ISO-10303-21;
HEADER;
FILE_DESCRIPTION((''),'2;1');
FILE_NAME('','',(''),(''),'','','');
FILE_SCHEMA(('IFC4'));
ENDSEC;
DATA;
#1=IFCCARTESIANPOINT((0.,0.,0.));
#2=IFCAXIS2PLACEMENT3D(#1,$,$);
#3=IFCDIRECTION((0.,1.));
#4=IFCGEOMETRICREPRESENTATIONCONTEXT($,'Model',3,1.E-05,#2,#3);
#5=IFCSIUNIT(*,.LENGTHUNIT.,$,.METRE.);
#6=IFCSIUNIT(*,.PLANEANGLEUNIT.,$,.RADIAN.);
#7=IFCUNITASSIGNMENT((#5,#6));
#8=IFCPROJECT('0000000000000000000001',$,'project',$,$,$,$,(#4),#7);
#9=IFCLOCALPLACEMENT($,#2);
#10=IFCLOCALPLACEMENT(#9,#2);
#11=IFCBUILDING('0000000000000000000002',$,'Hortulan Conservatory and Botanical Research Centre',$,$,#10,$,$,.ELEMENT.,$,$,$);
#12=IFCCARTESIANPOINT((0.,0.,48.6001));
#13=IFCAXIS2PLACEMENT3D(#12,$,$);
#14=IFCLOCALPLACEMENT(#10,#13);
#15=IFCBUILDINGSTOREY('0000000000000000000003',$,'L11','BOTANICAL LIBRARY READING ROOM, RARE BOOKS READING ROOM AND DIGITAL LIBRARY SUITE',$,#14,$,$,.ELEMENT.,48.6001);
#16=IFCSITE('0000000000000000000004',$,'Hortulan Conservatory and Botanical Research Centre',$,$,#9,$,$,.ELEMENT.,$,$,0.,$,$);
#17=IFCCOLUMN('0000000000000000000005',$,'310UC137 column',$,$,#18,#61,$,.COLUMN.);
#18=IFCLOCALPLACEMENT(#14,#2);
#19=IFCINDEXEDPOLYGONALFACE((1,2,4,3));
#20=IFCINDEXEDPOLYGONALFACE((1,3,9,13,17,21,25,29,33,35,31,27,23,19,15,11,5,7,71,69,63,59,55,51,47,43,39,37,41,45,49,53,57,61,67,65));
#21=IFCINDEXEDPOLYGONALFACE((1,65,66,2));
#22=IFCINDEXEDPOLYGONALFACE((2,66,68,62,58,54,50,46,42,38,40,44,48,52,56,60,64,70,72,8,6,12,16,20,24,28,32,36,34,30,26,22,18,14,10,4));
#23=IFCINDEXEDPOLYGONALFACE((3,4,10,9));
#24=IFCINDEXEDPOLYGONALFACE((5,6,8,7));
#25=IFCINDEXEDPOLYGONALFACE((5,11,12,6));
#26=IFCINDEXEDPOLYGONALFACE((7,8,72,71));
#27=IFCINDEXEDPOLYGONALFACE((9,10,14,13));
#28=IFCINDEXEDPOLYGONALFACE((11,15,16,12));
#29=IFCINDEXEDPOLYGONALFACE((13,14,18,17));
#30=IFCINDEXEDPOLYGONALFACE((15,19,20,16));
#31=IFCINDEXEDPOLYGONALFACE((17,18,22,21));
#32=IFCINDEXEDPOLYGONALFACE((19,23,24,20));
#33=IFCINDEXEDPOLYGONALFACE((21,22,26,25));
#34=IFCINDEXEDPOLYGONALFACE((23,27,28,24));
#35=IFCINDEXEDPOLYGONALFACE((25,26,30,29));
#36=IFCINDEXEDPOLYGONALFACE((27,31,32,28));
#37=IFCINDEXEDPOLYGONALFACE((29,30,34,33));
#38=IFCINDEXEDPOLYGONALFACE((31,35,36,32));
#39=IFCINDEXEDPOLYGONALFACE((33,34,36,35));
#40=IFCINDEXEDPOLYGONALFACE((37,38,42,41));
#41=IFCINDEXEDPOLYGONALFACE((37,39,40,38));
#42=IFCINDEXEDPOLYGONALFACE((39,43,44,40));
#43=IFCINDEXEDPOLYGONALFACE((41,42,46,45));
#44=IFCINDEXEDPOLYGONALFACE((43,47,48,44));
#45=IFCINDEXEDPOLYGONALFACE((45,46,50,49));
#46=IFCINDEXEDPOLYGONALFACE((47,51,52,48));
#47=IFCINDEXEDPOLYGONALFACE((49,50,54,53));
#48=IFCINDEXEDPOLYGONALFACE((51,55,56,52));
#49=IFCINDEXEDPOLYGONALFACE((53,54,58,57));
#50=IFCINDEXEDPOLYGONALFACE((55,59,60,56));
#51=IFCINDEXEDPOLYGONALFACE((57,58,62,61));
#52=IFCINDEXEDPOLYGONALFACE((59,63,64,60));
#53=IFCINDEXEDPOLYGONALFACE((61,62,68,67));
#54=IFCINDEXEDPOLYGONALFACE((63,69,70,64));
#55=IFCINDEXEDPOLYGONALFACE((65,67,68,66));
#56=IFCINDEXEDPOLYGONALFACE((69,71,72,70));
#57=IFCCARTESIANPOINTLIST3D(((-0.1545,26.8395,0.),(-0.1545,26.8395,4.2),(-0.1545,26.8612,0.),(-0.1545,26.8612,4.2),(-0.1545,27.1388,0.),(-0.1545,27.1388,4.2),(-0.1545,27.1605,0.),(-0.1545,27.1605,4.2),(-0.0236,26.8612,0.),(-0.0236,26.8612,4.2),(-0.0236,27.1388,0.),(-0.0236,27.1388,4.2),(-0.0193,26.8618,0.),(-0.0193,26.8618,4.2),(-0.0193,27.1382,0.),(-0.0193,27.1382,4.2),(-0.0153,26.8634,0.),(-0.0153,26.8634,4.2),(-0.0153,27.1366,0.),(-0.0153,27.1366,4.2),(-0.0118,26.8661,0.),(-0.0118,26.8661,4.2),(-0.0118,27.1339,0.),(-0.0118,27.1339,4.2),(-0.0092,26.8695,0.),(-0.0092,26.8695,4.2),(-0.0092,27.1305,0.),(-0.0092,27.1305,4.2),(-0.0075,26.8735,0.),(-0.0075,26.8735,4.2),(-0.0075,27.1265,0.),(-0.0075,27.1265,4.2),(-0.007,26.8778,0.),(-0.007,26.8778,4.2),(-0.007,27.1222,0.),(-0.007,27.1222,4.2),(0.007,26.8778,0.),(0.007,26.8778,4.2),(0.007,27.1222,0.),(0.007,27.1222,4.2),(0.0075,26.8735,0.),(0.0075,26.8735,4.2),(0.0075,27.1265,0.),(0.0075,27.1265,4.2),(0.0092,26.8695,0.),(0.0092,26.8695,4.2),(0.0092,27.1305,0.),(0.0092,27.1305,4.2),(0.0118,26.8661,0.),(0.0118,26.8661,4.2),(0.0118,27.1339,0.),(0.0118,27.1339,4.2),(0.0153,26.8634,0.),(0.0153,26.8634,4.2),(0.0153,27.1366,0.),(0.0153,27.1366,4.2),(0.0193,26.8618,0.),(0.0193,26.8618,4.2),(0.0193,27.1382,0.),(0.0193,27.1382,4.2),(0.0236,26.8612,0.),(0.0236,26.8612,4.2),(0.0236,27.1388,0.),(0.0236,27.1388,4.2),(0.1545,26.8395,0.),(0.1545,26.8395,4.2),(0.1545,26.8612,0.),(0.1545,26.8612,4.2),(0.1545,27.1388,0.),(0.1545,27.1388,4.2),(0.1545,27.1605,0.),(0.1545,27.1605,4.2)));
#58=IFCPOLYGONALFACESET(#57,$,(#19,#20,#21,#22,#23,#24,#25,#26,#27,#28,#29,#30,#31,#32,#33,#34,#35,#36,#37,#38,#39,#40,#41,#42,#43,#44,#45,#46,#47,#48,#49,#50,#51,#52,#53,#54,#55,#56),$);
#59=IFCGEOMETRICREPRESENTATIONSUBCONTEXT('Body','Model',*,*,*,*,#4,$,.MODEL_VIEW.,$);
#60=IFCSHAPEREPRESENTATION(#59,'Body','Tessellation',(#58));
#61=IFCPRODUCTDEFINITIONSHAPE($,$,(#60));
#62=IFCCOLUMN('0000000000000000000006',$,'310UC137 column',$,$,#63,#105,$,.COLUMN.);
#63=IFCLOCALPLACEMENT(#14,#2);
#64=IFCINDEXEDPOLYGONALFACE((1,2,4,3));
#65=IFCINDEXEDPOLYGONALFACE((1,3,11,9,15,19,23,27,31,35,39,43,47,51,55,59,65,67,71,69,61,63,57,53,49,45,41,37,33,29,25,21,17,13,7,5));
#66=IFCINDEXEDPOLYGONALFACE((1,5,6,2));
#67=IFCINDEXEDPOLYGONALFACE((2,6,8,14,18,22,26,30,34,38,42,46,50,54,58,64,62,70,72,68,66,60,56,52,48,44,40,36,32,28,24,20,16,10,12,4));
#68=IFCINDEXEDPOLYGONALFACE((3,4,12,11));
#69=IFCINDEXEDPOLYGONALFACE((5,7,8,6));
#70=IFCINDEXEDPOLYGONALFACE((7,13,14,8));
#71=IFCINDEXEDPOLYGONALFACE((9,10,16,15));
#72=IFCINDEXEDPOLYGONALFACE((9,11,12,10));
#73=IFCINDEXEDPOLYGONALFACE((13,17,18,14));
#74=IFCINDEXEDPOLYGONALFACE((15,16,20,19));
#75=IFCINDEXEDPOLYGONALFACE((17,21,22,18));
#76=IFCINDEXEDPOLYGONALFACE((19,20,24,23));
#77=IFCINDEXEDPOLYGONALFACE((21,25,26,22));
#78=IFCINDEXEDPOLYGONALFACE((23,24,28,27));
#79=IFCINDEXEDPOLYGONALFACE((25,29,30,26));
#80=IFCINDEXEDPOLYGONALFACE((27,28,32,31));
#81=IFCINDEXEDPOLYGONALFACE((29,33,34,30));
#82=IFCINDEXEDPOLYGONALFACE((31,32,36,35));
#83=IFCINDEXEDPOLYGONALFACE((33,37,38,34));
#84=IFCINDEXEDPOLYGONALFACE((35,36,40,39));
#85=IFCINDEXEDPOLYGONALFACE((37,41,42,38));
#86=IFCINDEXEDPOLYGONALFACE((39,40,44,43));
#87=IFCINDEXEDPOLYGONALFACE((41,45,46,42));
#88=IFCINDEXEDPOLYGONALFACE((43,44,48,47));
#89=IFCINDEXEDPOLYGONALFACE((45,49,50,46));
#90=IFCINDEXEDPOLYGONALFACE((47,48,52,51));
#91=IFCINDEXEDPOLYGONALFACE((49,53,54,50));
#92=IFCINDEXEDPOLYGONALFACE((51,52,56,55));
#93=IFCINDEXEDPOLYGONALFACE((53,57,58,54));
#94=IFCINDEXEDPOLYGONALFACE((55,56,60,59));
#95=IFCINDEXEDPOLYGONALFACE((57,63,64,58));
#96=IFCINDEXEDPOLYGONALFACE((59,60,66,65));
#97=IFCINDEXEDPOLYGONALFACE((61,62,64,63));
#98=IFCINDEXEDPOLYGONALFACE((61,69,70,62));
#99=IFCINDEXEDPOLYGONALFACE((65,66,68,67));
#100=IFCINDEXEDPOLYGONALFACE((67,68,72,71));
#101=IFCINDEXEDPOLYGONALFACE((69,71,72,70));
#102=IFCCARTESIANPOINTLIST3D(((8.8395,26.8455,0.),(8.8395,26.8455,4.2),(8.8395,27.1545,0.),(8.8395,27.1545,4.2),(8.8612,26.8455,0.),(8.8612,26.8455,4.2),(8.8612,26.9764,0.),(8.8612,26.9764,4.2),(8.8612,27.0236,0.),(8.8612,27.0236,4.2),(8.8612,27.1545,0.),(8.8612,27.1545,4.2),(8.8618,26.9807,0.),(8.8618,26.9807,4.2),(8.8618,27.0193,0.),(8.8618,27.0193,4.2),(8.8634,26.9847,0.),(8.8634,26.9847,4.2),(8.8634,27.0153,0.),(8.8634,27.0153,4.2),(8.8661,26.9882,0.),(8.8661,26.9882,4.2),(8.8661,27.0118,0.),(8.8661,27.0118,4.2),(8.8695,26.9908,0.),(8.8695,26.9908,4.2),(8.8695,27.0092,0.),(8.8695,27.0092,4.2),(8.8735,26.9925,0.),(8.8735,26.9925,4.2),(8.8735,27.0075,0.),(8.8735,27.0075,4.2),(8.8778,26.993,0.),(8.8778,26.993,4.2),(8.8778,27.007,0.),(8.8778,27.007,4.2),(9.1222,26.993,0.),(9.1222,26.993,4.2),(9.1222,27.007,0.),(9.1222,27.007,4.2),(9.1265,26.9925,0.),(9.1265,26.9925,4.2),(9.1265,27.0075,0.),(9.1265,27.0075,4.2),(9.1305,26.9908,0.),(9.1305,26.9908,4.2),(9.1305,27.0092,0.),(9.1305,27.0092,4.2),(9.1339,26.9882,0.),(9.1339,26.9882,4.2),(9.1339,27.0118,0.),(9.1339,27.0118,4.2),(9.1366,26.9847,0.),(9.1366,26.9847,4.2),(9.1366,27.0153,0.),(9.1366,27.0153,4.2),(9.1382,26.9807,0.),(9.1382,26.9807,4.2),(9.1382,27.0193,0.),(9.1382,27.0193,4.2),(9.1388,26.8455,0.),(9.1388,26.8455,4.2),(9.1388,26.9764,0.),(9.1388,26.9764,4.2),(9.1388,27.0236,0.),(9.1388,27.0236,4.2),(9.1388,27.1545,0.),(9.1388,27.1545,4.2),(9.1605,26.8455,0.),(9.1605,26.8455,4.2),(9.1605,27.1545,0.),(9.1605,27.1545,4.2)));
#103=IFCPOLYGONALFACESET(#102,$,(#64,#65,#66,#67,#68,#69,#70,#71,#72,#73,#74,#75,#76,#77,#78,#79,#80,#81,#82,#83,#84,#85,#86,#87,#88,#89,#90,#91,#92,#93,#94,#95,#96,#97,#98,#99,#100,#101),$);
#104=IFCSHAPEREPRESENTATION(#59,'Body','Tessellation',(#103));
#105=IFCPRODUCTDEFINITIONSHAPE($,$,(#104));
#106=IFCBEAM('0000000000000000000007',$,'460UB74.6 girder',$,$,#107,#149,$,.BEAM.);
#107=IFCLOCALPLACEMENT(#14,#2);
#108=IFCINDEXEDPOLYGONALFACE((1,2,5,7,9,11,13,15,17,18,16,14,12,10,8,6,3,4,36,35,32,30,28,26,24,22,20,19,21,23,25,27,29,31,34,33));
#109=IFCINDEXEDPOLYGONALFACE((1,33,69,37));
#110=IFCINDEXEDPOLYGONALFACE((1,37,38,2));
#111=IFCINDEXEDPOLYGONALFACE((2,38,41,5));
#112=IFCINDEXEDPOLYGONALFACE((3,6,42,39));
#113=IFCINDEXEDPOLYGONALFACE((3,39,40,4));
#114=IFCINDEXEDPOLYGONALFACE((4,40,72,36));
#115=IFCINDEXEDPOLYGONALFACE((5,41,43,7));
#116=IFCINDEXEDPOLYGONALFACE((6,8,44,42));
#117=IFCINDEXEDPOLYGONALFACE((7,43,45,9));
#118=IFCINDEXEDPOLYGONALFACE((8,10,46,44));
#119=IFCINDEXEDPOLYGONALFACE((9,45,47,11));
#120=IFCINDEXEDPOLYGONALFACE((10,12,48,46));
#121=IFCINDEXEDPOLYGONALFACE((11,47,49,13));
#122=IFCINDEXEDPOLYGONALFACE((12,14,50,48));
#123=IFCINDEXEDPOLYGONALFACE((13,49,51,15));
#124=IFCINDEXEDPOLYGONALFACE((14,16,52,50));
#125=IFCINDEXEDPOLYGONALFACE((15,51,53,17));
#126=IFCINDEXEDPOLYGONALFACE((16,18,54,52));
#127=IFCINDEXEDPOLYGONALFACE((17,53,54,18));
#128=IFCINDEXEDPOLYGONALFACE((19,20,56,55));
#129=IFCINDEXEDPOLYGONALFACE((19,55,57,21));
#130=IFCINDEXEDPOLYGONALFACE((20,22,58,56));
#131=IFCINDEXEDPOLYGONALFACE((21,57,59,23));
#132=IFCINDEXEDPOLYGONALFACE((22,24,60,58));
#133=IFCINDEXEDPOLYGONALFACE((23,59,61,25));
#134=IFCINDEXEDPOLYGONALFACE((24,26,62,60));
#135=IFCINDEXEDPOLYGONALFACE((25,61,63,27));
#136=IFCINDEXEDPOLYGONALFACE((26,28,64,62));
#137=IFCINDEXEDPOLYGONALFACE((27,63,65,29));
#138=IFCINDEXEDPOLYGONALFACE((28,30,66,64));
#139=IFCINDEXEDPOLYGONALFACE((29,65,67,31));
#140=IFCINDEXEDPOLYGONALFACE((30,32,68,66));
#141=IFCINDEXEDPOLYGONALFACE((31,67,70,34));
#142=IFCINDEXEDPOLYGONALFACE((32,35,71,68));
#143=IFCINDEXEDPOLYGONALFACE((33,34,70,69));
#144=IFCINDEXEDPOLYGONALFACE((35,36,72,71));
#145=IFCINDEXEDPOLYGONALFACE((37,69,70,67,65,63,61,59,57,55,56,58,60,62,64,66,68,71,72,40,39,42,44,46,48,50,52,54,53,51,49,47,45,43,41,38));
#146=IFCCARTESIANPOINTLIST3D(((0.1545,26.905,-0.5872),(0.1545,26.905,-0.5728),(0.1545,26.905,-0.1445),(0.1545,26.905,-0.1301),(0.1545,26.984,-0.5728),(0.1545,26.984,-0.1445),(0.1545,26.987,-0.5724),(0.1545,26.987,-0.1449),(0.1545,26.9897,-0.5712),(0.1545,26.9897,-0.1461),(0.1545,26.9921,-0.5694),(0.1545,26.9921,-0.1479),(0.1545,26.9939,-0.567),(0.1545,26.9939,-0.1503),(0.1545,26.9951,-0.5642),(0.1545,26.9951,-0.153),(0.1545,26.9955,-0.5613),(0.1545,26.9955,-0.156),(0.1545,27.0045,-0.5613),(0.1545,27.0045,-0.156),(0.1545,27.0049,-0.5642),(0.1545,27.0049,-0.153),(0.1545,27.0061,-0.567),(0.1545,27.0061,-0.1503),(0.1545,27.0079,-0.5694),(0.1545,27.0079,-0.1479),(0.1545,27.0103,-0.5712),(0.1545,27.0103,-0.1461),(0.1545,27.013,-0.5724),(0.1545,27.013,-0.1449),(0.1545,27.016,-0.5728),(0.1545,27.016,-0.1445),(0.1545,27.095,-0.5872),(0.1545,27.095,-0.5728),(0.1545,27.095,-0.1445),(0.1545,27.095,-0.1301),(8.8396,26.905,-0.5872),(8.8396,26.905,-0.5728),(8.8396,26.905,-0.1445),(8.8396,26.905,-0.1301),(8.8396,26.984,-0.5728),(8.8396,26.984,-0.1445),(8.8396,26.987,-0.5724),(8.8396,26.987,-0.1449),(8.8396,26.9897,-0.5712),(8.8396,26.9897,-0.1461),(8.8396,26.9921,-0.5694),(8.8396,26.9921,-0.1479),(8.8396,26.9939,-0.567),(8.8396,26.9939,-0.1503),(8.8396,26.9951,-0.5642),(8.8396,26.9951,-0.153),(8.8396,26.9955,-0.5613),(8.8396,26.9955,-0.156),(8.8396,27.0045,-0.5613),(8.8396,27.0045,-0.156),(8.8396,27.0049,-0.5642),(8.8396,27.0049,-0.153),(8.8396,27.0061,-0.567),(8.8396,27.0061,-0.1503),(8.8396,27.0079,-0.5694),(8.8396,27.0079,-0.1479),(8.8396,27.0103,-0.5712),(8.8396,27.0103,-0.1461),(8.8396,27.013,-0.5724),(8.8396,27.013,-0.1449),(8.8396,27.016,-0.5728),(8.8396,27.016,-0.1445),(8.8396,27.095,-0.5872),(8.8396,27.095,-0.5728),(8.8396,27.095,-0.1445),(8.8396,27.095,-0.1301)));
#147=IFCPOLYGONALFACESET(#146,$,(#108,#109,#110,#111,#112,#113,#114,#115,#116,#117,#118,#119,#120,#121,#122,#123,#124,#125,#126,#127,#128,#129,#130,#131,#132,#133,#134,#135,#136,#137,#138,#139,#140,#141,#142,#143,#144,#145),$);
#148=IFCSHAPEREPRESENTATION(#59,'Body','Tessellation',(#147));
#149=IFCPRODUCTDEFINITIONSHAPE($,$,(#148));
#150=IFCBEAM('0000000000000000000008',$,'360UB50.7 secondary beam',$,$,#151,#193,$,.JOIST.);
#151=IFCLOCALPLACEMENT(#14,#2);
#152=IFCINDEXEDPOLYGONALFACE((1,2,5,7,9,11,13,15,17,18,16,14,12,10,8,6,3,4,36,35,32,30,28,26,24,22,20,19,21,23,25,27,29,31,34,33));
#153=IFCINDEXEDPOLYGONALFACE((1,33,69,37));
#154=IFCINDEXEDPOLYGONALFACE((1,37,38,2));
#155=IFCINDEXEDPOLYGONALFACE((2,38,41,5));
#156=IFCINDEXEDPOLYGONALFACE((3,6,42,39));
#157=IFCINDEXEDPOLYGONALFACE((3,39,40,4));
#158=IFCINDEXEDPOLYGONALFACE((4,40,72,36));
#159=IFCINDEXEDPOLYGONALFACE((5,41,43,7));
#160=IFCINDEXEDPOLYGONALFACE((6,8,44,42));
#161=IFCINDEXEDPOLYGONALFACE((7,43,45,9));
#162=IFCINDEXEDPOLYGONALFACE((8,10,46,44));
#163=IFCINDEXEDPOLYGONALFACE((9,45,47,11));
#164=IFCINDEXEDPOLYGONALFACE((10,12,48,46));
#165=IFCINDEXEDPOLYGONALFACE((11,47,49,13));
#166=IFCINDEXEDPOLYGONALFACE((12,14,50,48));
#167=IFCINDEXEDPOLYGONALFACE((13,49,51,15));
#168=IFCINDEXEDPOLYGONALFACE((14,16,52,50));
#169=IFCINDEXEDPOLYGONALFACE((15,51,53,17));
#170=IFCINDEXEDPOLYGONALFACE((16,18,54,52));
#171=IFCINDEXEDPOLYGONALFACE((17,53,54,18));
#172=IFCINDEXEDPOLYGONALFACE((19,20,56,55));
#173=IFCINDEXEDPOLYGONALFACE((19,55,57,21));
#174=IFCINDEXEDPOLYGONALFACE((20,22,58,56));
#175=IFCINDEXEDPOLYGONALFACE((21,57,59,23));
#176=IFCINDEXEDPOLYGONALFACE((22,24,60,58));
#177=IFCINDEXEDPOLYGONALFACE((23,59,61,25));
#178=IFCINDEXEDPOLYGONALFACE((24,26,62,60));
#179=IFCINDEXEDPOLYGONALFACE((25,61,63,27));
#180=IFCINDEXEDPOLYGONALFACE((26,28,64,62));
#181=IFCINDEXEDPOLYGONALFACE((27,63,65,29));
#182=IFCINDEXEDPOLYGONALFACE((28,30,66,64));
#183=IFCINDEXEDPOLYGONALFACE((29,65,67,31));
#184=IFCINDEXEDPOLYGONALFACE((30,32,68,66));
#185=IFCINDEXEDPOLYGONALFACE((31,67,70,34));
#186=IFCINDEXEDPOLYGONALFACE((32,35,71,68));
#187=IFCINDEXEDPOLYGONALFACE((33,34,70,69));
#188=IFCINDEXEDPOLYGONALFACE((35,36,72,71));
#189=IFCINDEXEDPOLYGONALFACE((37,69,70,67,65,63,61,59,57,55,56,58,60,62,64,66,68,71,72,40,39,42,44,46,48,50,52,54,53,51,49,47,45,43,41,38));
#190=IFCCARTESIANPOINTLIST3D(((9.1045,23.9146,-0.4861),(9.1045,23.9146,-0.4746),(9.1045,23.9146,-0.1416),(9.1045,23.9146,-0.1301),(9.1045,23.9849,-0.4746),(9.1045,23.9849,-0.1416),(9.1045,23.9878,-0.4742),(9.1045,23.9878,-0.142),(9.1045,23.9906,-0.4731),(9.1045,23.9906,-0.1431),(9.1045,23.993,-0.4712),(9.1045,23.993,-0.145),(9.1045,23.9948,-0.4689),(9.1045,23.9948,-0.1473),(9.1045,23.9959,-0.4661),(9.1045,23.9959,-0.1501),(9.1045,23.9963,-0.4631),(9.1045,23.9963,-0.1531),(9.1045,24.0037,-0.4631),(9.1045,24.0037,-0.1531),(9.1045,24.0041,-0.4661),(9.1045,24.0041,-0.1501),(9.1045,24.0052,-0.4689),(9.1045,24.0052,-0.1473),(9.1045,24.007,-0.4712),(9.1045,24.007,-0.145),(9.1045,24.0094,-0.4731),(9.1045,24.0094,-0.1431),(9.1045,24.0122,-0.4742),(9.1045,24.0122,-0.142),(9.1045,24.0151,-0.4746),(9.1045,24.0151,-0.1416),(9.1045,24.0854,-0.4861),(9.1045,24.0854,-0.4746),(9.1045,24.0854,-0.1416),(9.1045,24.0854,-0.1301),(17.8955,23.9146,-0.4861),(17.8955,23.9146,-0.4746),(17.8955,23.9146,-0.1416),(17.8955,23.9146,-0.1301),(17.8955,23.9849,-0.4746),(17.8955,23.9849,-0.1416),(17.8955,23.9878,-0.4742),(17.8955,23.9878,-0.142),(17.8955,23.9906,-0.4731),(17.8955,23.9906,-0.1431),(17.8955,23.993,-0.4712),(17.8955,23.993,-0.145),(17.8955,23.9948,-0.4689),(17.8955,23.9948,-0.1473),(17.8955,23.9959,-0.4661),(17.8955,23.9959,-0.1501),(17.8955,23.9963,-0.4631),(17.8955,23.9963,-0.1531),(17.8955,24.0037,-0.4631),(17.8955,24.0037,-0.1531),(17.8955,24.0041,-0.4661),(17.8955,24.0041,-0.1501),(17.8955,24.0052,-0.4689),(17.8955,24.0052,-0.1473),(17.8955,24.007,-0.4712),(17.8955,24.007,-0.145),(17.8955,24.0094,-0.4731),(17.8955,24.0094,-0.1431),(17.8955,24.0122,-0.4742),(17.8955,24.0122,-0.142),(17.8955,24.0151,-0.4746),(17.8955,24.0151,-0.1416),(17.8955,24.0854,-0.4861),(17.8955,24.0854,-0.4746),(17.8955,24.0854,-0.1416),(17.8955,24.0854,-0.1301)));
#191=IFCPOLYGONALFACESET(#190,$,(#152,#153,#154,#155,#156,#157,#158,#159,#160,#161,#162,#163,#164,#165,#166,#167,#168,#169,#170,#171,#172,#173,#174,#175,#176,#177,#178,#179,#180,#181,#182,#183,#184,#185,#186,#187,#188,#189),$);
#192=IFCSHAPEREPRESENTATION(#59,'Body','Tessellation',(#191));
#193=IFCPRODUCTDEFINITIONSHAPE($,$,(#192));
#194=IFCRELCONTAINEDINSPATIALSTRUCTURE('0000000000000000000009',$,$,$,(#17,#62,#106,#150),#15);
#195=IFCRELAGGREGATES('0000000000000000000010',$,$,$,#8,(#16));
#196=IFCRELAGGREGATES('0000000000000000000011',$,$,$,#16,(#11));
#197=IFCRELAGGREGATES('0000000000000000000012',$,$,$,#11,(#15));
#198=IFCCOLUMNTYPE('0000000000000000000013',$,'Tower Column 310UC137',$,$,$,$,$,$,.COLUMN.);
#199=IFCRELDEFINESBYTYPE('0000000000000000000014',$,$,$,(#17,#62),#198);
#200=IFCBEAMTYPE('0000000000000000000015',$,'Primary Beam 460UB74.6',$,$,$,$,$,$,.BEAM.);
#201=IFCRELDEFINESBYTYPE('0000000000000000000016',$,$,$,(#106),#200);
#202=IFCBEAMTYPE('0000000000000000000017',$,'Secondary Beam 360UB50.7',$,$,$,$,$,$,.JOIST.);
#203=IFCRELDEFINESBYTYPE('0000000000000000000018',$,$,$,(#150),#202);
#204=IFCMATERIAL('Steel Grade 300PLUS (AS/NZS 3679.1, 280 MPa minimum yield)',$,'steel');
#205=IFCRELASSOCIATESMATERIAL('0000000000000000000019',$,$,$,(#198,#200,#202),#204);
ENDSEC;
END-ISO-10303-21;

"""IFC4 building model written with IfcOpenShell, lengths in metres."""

from ifc_helpers import new_model, si_unit, direction, frame, origin, origin_2d, place, context, subcontext, project, spatial, i_section, extrude, material, material_profile, profile_set, type_object, element, save


model = new_model("IFC4")

# Units and contexts
model_context = context("Model", 3, precision=1e-05, world=origin(), true_north=direction((0.0, 1.0)))
body_context = subcontext(model_context, "Body", "Model", "MODEL_VIEW")
ifc_project = project(units=[si_unit("LENGTHUNIT", "METRE"), si_unit("PLANEANGLEUNIT", "RADIAN")], contexts=[model_context])

# Site, building, storey
site_placement = place(None, origin())
site = spatial("IfcSite", under=ifc_project, at=site_placement, Name="Hortulan Conservatory and Botanical Research Centre", CompositionType="ELEMENT", RefElevation=0.0)
building_placement = place(site_placement, origin())
building = spatial("IfcBuilding", under=site, at=building_placement, Name="Hortulan Conservatory and Botanical Research Centre", CompositionType="ELEMENT")
storey_placement = place(building_placement, frame((0.0, 0.0, 48.6001)))
storey = spatial("IfcBuildingStorey", under=building, at=storey_placement, Name="L11", Description="BOTANICAL LIBRARY READING ROOM, RARE BOOKS READING ROOM AND DIGITAL LIBRARY SUITE", CompositionType="ELEMENT", Elevation=48.6001)

# Columns
ifc_material_1 = material(Name="Steel Grade 300PLUS (AS/NZS 3679.1, 280 MPa minimum yield)", Category="steel")
ifc_material_profile_1 = material_profile(ifc_material_1, i_section(OverallWidth=0.3091, OverallDepth=0.321, WebThickness=0.0139, FlangeThickness=0.0217, FilletRadius=0.0166, at=origin_2d()), Name="310UC137")
ifc_profile_set_1 = profile_set([ifc_material_profile_1], Name="Steel Grade 300PLUS (AS/NZS 3679.1, 280 MPa minimum yield)")
column_type = type_object("IfcColumnType", Name="Tower Column 310UC137", PredefinedType="COLUMN", material=ifc_profile_set_1)
for number, where, z_axis, x_axis, name in (
    (1, (0.0, 27.0, 0.0), (0.0, 0.0, 1.0), (1.0, 0.0, 0.0), "310UC137 column"),
    (2, (9.0, 27.0, 0.0), (0.0, 0.0, 1.0), (0.0, 1.0, 0.0), "310UC137 column"),
):
    element("IfcColumn", number, at=place(storey_placement, frame(where, z_axis=z_axis, x_axis=x_axis)), inside=storey, type_object=column_type, Name=name, PredefinedType="COLUMN", context=body_context, shape_type="SweptSolid", body=[
        extrude(i_section(OverallWidth=0.3091, OverallDepth=0.321, WebThickness=0.0139, FlangeThickness=0.0217, FilletRadius=0.0166, at=origin_2d()), origin(), (0.0, 0.0, 1.0), 4.2),
    ])

# Beams
ifc_material_profile_2 = material_profile(ifc_material_1, i_section(OverallWidth=0.1899, OverallDepth=0.457, WebThickness=0.009, FlangeThickness=0.0144, FilletRadius=0.0115, at=origin_2d()), Name="460UB74.6")
ifc_profile_set_2 = profile_set([ifc_material_profile_2], Name="Steel Grade 300PLUS (AS/NZS 3679.1, 280 MPa minimum yield)")
beam_type_1 = type_object("IfcBeamType", Name="Primary Beam 460UB74.6", PredefinedType="BEAM", material=ifc_profile_set_2)
beam_1_placement = place(storey_placement, frame((0.1545, 27.0, -0.3586), z_axis=(1.0, 0.0, 0.0), x_axis=(0.0, 1.0, 0.0)))
element("IfcBeam", 3, at=beam_1_placement, inside=storey, type_object=beam_type_1, Name="460UB74.6 girder", PredefinedType="BEAM", context=body_context, shape_type="SweptSolid", body=[
    extrude(i_section(OverallWidth=0.1899, OverallDepth=0.457, WebThickness=0.009, FlangeThickness=0.0144, FilletRadius=0.0115, at=origin_2d()), origin(), (0.0, 0.0, 1.0), 8.6851),
])
ifc_material_profile_3 = material_profile(ifc_material_1, i_section(OverallWidth=0.1709, OverallDepth=0.356, WebThickness=0.0073, FlangeThickness=0.0115, FilletRadius=0.0115, at=origin_2d()), Name="360UB50.7")
ifc_profile_set_3 = profile_set([ifc_material_profile_3], Name="Steel Grade 300PLUS (AS/NZS 3679.1, 280 MPa minimum yield)")
beam_type_2 = type_object("IfcBeamType", Name="Secondary Beam 360UB50.7", PredefinedType="JOIST", material=ifc_profile_set_3)
beam_2_placement = place(storey_placement, frame((9.1045, 24.0, -0.3081), z_axis=(1.0, 0.0, 0.0), x_axis=(0.0, 1.0, 0.0)))
element("IfcBeam", 4, at=beam_2_placement, inside=storey, type_object=beam_type_2, Name="360UB50.7 secondary beam", PredefinedType="JOIST", context=body_context, shape_type="SweptSolid", body=[
    extrude(i_section(OverallWidth=0.1709, OverallDepth=0.356, WebThickness=0.0073, FlangeThickness=0.0115, FilletRadius=0.0115, at=origin_2d()), origin(), (0.0, 0.0, 1.0), 8.791),
])

save(model, "model.ifc")
